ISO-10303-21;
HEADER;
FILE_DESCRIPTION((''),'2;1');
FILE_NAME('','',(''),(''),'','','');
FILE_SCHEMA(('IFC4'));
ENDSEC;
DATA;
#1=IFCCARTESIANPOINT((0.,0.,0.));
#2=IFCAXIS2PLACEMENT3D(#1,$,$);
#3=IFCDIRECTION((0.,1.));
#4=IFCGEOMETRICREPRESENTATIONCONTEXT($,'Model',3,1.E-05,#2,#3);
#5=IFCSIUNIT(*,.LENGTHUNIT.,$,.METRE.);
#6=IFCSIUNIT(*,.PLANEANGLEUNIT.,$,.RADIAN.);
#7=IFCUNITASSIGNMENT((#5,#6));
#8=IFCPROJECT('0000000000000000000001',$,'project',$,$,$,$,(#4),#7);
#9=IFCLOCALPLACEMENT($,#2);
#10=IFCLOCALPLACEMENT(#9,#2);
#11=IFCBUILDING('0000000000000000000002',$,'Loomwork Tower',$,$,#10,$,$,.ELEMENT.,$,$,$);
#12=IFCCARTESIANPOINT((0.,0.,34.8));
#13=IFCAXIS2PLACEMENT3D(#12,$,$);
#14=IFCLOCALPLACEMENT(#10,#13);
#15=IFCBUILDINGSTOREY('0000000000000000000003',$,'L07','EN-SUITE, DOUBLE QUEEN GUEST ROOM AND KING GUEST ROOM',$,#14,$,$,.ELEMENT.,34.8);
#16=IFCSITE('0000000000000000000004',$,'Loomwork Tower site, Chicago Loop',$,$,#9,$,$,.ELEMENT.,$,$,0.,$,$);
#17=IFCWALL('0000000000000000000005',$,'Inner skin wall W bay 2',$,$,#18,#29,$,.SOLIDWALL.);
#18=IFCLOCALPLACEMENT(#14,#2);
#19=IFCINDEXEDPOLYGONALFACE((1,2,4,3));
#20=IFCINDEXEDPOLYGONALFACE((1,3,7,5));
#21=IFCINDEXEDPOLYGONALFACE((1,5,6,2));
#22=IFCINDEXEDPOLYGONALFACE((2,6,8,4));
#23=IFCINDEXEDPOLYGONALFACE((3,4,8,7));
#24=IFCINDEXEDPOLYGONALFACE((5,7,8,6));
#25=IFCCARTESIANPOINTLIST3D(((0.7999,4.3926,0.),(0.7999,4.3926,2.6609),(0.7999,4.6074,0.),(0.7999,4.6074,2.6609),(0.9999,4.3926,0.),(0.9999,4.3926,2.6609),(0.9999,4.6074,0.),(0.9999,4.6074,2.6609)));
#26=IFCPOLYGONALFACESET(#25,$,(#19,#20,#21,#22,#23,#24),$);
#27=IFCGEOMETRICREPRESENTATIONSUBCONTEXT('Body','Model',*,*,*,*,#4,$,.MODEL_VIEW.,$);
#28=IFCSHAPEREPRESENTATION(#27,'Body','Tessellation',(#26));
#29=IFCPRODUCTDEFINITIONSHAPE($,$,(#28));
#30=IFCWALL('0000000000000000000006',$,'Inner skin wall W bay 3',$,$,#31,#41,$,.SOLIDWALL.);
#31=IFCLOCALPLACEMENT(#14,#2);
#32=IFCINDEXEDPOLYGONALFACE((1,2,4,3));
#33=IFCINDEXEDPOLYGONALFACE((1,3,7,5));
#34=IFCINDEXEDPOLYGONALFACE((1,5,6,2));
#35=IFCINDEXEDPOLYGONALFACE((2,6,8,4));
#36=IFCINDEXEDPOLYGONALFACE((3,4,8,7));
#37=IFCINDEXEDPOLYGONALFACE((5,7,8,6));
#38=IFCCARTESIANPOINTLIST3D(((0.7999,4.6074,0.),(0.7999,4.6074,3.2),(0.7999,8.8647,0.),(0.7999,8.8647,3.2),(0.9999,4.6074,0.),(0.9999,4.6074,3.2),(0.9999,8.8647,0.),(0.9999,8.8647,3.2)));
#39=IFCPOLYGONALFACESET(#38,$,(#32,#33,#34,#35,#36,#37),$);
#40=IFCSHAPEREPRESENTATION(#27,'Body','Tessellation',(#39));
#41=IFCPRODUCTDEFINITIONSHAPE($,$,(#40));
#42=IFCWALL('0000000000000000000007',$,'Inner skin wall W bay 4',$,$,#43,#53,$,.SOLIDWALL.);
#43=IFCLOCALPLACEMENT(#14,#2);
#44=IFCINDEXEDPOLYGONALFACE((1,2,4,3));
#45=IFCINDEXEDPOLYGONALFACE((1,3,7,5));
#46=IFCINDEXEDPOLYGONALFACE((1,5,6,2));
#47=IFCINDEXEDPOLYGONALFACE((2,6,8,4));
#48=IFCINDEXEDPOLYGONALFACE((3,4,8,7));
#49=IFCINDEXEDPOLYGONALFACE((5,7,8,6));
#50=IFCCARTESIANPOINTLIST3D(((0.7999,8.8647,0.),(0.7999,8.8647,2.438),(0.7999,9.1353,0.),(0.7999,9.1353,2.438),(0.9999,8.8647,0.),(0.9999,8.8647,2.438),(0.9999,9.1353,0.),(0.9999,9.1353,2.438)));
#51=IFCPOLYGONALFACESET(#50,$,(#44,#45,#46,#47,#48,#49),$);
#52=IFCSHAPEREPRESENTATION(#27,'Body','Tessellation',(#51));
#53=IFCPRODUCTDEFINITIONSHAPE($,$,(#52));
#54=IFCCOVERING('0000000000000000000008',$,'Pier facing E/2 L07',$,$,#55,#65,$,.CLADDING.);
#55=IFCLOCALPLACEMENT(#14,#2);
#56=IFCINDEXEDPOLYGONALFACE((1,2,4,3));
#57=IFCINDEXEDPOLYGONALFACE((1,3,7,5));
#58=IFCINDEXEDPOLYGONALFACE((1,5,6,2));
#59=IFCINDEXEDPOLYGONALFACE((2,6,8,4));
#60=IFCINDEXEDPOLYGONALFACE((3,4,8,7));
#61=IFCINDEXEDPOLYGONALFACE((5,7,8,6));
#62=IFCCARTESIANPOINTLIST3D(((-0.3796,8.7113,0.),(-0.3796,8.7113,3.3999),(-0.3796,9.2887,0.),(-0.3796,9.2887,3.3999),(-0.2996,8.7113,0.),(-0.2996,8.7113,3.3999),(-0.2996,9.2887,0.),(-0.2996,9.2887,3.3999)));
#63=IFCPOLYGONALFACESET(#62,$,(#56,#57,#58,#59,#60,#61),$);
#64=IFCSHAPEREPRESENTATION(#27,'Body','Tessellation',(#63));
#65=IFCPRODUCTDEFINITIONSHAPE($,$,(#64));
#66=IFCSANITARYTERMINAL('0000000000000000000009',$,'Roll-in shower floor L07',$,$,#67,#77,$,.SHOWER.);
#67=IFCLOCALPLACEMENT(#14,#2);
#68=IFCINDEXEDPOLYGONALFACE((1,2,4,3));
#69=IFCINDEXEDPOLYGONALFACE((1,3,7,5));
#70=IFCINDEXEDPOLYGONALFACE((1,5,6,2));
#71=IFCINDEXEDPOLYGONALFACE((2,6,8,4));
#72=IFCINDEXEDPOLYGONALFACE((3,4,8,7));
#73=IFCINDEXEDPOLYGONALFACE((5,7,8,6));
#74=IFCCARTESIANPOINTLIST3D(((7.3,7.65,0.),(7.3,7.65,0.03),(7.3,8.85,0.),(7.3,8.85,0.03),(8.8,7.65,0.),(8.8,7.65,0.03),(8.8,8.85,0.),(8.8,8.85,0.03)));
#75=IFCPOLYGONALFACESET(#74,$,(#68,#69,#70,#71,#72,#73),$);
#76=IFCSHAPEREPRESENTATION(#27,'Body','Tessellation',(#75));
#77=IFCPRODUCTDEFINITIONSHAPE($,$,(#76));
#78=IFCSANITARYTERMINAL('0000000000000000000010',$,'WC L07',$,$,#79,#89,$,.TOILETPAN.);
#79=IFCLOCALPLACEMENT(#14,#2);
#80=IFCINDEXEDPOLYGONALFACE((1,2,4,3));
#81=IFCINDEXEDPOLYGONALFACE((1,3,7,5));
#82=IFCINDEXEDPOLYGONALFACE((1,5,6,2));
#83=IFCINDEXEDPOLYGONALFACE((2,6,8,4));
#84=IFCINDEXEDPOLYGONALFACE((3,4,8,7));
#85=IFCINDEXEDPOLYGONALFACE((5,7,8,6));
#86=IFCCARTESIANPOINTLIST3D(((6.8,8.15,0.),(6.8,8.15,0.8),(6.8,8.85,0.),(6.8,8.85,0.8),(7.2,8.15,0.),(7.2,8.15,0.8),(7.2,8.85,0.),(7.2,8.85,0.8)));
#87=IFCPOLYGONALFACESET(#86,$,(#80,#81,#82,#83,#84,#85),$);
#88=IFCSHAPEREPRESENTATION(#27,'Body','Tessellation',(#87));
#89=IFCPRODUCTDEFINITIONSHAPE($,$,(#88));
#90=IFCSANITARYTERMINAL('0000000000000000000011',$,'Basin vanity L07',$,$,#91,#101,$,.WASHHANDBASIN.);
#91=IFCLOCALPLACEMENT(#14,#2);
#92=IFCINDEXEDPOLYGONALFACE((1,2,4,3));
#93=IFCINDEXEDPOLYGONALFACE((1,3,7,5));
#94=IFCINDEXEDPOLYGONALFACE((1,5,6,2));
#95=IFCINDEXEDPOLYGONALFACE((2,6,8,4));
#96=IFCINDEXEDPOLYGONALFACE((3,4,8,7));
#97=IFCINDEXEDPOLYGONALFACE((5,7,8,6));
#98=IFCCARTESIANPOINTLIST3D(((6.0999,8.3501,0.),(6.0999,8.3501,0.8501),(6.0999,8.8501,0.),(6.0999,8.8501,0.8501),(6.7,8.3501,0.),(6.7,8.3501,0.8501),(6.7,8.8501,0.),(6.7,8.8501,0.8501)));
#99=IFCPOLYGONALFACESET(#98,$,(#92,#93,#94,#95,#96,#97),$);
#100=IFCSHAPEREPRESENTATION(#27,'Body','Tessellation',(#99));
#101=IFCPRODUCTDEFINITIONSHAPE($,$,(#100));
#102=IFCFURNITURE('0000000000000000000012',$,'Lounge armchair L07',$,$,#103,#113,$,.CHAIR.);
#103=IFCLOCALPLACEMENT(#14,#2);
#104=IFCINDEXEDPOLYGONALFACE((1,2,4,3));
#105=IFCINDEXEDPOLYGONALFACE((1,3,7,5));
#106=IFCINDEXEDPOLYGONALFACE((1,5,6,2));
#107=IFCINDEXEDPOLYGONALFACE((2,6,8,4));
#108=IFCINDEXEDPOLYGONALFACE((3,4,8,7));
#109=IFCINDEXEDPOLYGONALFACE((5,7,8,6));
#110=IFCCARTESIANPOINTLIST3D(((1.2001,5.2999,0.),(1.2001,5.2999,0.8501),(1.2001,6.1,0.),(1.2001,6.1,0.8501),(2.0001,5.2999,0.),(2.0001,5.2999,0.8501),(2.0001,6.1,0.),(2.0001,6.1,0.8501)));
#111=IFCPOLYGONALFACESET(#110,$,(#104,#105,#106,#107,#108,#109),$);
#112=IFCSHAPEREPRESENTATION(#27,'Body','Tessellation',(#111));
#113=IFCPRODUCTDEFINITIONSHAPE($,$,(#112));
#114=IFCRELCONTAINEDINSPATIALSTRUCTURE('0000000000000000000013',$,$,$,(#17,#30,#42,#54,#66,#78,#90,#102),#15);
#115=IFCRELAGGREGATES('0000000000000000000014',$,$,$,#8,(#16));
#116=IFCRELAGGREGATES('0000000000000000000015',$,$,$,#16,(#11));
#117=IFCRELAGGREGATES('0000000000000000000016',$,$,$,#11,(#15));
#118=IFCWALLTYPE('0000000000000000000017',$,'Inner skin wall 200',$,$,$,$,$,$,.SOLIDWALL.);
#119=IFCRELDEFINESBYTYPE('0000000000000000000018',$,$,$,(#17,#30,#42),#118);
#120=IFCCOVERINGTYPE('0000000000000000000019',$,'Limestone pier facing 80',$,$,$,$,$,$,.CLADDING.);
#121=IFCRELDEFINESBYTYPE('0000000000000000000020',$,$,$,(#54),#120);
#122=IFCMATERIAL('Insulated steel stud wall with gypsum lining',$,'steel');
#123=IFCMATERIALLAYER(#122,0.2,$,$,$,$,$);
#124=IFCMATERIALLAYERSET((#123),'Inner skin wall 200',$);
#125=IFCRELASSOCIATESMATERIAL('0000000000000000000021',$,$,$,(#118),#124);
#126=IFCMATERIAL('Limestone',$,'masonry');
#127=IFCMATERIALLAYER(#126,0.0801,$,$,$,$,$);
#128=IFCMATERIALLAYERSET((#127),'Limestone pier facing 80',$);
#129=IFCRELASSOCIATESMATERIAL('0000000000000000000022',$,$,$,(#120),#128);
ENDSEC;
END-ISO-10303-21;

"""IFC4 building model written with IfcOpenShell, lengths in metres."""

from ifc_helpers import new_model, si_unit, direction, frame, frame_2d, origin, origin_2d, place, context, subcontext, project, spatial, rectangle, extrude, material, layer, layer_set, type_object, element, save


model = new_model("IFC4")

# Units and contexts
model_context = context("Model", 3, precision=1e-05, world=origin(), true_north=direction((0.0, 1.0)))
body_context = subcontext(model_context, "Body", "Model", "MODEL_VIEW")
ifc_project = project(units=[si_unit("LENGTHUNIT", "METRE"), si_unit("PLANEANGLEUNIT", "RADIAN")], contexts=[model_context])

# Site, building, storey
site_placement = place(None, origin())
site = spatial("IfcSite", under=ifc_project, at=site_placement, Name="Loomwork Tower site, Chicago Loop", CompositionType="ELEMENT", RefElevation=0.0)
building_placement = place(site_placement, origin())
building = spatial("IfcBuilding", under=site, at=building_placement, Name="Loomwork Tower", CompositionType="ELEMENT")
storey_placement = place(building_placement, frame((0.0, 0.0, 34.8)))
storey = spatial("IfcBuildingStorey", under=building, at=storey_placement, Name="L07", Description="EN-SUITE, DOUBLE QUEEN GUEST ROOM AND KING GUEST ROOM", CompositionType="ELEMENT", Elevation=34.8)

# Walls
ifc_material_1 = material(Name="Insulated steel stud wall with gypsum lining", Category="steel")
ifc_layer_1 = layer(ifc_material_1, 0.2)
ifc_layer_set_1 = layer_set([ifc_layer_1], Name="Inner skin wall 200")
wall_type_1 = type_object("IfcWallType", Name="Inner skin wall 200", PredefinedType="SOLIDWALL", material=ifc_layer_set_1)
wall_1_placement = place(storey_placement, frame((0.8999, 4.3926, 0.0), z_axis=(0.0, 0.0, 1.0), x_axis=(0.0, 1.0, 0.0)))
element("IfcWall", 1, at=wall_1_placement, inside=storey, type_object=wall_type_1, Name="Inner skin wall W bay 2", PredefinedType="SOLIDWALL", context=body_context, shape_type="SweptSolid", body=[
    extrude(rectangle(XDim=0.2148, YDim=0.2, at=frame_2d((0.1074, 0.0))), origin(), (0.0, 0.0, 1.0), 2.6609),
])
wall_2_placement = place(storey_placement, frame((0.8999, 4.6074, 0.0), z_axis=(0.0, 0.0, 1.0), x_axis=(0.0, 1.0, 0.0)))
element("IfcWall", 2, at=wall_2_placement, inside=storey, type_object=wall_type_1, Name="Inner skin wall W bay 3", PredefinedType="SOLIDWALL", context=body_context, shape_type="SweptSolid", body=[
    extrude(rectangle(XDim=4.2573, YDim=0.2, at=frame_2d((2.1287, 0.0))), origin(), (0.0, 0.0, 1.0), 3.2),
])
wall_3_placement = place(storey_placement, frame((0.8999, 8.8647, 0.0), z_axis=(0.0, 0.0, 1.0), x_axis=(0.0, 1.0, 0.0)))
element("IfcWall", 3, at=wall_3_placement, inside=storey, type_object=wall_type_1, Name="Inner skin wall W bay 4", PredefinedType="SOLIDWALL", context=body_context, shape_type="SweptSolid", body=[
    extrude(rectangle(XDim=0.2705, YDim=0.2, at=frame_2d((0.1353, 0.0))), origin(), (0.0, 0.0, 1.0), 2.438),
])

# Covering
ifc_material_2 = material(Name="Limestone", Category="masonry")
ifc_layer_2 = layer(ifc_material_2, 0.0801)
ifc_layer_set_2 = layer_set([ifc_layer_2], Name="Limestone pier facing 80")
covering_type = type_object("IfcCoveringType", Name="Limestone pier facing 80", PredefinedType="CLADDING", material=ifc_layer_set_2)
covering_placement = place(storey_placement, frame((-0.3396, 9.0, 0.0), z_axis=(0.0, 0.0, 1.0), x_axis=(1.0, 0.0, 0.0)))
element("IfcCovering", 4, at=covering_placement, inside=storey, type_object=covering_type, Name="Pier facing E/2 L07", PredefinedType="CLADDING", context=body_context, shape_type="SweptSolid", body=[
    extrude(rectangle(XDim=0.0801, YDim=0.5774, at=origin_2d()), origin(), (0.0, 0.0, 1.0), 3.3999),
])

# Sanitary terminals
sanitary_terminal_1_placement = place(storey_placement, frame((8.05, 8.25, 0.0), z_axis=(0.0, 0.0, 1.0), x_axis=(1.0, 0.0, 0.0)))
element("IfcSanitaryTerminal", 5, at=sanitary_terminal_1_placement, inside=storey, Name="Roll-in shower floor L07", PredefinedType="SHOWER", context=body_context, shape_type="SweptSolid", body=[
    extrude(rectangle(XDim=1.5, YDim=1.2, at=origin_2d()), origin(), (0.0, 0.0, 1.0), 0.03),
])
sanitary_terminal_2_placement = place(storey_placement, frame((7.0, 8.5, 0.0), z_axis=(0.0, 0.0, 1.0), x_axis=(1.0, 0.0, 0.0)))
element("IfcSanitaryTerminal", 6, at=sanitary_terminal_2_placement, inside=storey, Name="WC L07", PredefinedType="TOILETPAN", context=body_context, shape_type="SweptSolid", body=[
    extrude(rectangle(XDim=0.3999, YDim=0.7, at=origin_2d()), origin(), (0.0, 0.0, 1.0), 0.8),
])
sanitary_terminal_3_placement = place(storey_placement, frame((6.3999, 8.6001, 0.0), z_axis=(0.0, 0.0, 1.0), x_axis=(1.0, 0.0, 0.0)))
element("IfcSanitaryTerminal", 7, at=sanitary_terminal_3_placement, inside=storey, Name="Basin vanity L07", PredefinedType="WASHHANDBASIN", context=body_context, shape_type="SweptSolid", body=[
    extrude(rectangle(XDim=0.6001, YDim=0.5, at=origin_2d()), origin(), (0.0, 0.0, 1.0), 0.8501),
])

# Furniture
furniture_placement = place(storey_placement, frame((1.6001, 5.7, 0.0), z_axis=(0.0, 0.0, 1.0), x_axis=(1.0, 0.0, 0.0)))
element("IfcFurniture", 8, at=furniture_placement, inside=storey, Name="Lounge armchair L07", PredefinedType="CHAIR", context=body_context, shape_type="SweptSolid", body=[
    extrude(rectangle(XDim=0.8, YDim=0.8, at=origin_2d()), origin(), (0.0, 0.0, 1.0), 0.8501),
])

save(model, "model.ifc")
